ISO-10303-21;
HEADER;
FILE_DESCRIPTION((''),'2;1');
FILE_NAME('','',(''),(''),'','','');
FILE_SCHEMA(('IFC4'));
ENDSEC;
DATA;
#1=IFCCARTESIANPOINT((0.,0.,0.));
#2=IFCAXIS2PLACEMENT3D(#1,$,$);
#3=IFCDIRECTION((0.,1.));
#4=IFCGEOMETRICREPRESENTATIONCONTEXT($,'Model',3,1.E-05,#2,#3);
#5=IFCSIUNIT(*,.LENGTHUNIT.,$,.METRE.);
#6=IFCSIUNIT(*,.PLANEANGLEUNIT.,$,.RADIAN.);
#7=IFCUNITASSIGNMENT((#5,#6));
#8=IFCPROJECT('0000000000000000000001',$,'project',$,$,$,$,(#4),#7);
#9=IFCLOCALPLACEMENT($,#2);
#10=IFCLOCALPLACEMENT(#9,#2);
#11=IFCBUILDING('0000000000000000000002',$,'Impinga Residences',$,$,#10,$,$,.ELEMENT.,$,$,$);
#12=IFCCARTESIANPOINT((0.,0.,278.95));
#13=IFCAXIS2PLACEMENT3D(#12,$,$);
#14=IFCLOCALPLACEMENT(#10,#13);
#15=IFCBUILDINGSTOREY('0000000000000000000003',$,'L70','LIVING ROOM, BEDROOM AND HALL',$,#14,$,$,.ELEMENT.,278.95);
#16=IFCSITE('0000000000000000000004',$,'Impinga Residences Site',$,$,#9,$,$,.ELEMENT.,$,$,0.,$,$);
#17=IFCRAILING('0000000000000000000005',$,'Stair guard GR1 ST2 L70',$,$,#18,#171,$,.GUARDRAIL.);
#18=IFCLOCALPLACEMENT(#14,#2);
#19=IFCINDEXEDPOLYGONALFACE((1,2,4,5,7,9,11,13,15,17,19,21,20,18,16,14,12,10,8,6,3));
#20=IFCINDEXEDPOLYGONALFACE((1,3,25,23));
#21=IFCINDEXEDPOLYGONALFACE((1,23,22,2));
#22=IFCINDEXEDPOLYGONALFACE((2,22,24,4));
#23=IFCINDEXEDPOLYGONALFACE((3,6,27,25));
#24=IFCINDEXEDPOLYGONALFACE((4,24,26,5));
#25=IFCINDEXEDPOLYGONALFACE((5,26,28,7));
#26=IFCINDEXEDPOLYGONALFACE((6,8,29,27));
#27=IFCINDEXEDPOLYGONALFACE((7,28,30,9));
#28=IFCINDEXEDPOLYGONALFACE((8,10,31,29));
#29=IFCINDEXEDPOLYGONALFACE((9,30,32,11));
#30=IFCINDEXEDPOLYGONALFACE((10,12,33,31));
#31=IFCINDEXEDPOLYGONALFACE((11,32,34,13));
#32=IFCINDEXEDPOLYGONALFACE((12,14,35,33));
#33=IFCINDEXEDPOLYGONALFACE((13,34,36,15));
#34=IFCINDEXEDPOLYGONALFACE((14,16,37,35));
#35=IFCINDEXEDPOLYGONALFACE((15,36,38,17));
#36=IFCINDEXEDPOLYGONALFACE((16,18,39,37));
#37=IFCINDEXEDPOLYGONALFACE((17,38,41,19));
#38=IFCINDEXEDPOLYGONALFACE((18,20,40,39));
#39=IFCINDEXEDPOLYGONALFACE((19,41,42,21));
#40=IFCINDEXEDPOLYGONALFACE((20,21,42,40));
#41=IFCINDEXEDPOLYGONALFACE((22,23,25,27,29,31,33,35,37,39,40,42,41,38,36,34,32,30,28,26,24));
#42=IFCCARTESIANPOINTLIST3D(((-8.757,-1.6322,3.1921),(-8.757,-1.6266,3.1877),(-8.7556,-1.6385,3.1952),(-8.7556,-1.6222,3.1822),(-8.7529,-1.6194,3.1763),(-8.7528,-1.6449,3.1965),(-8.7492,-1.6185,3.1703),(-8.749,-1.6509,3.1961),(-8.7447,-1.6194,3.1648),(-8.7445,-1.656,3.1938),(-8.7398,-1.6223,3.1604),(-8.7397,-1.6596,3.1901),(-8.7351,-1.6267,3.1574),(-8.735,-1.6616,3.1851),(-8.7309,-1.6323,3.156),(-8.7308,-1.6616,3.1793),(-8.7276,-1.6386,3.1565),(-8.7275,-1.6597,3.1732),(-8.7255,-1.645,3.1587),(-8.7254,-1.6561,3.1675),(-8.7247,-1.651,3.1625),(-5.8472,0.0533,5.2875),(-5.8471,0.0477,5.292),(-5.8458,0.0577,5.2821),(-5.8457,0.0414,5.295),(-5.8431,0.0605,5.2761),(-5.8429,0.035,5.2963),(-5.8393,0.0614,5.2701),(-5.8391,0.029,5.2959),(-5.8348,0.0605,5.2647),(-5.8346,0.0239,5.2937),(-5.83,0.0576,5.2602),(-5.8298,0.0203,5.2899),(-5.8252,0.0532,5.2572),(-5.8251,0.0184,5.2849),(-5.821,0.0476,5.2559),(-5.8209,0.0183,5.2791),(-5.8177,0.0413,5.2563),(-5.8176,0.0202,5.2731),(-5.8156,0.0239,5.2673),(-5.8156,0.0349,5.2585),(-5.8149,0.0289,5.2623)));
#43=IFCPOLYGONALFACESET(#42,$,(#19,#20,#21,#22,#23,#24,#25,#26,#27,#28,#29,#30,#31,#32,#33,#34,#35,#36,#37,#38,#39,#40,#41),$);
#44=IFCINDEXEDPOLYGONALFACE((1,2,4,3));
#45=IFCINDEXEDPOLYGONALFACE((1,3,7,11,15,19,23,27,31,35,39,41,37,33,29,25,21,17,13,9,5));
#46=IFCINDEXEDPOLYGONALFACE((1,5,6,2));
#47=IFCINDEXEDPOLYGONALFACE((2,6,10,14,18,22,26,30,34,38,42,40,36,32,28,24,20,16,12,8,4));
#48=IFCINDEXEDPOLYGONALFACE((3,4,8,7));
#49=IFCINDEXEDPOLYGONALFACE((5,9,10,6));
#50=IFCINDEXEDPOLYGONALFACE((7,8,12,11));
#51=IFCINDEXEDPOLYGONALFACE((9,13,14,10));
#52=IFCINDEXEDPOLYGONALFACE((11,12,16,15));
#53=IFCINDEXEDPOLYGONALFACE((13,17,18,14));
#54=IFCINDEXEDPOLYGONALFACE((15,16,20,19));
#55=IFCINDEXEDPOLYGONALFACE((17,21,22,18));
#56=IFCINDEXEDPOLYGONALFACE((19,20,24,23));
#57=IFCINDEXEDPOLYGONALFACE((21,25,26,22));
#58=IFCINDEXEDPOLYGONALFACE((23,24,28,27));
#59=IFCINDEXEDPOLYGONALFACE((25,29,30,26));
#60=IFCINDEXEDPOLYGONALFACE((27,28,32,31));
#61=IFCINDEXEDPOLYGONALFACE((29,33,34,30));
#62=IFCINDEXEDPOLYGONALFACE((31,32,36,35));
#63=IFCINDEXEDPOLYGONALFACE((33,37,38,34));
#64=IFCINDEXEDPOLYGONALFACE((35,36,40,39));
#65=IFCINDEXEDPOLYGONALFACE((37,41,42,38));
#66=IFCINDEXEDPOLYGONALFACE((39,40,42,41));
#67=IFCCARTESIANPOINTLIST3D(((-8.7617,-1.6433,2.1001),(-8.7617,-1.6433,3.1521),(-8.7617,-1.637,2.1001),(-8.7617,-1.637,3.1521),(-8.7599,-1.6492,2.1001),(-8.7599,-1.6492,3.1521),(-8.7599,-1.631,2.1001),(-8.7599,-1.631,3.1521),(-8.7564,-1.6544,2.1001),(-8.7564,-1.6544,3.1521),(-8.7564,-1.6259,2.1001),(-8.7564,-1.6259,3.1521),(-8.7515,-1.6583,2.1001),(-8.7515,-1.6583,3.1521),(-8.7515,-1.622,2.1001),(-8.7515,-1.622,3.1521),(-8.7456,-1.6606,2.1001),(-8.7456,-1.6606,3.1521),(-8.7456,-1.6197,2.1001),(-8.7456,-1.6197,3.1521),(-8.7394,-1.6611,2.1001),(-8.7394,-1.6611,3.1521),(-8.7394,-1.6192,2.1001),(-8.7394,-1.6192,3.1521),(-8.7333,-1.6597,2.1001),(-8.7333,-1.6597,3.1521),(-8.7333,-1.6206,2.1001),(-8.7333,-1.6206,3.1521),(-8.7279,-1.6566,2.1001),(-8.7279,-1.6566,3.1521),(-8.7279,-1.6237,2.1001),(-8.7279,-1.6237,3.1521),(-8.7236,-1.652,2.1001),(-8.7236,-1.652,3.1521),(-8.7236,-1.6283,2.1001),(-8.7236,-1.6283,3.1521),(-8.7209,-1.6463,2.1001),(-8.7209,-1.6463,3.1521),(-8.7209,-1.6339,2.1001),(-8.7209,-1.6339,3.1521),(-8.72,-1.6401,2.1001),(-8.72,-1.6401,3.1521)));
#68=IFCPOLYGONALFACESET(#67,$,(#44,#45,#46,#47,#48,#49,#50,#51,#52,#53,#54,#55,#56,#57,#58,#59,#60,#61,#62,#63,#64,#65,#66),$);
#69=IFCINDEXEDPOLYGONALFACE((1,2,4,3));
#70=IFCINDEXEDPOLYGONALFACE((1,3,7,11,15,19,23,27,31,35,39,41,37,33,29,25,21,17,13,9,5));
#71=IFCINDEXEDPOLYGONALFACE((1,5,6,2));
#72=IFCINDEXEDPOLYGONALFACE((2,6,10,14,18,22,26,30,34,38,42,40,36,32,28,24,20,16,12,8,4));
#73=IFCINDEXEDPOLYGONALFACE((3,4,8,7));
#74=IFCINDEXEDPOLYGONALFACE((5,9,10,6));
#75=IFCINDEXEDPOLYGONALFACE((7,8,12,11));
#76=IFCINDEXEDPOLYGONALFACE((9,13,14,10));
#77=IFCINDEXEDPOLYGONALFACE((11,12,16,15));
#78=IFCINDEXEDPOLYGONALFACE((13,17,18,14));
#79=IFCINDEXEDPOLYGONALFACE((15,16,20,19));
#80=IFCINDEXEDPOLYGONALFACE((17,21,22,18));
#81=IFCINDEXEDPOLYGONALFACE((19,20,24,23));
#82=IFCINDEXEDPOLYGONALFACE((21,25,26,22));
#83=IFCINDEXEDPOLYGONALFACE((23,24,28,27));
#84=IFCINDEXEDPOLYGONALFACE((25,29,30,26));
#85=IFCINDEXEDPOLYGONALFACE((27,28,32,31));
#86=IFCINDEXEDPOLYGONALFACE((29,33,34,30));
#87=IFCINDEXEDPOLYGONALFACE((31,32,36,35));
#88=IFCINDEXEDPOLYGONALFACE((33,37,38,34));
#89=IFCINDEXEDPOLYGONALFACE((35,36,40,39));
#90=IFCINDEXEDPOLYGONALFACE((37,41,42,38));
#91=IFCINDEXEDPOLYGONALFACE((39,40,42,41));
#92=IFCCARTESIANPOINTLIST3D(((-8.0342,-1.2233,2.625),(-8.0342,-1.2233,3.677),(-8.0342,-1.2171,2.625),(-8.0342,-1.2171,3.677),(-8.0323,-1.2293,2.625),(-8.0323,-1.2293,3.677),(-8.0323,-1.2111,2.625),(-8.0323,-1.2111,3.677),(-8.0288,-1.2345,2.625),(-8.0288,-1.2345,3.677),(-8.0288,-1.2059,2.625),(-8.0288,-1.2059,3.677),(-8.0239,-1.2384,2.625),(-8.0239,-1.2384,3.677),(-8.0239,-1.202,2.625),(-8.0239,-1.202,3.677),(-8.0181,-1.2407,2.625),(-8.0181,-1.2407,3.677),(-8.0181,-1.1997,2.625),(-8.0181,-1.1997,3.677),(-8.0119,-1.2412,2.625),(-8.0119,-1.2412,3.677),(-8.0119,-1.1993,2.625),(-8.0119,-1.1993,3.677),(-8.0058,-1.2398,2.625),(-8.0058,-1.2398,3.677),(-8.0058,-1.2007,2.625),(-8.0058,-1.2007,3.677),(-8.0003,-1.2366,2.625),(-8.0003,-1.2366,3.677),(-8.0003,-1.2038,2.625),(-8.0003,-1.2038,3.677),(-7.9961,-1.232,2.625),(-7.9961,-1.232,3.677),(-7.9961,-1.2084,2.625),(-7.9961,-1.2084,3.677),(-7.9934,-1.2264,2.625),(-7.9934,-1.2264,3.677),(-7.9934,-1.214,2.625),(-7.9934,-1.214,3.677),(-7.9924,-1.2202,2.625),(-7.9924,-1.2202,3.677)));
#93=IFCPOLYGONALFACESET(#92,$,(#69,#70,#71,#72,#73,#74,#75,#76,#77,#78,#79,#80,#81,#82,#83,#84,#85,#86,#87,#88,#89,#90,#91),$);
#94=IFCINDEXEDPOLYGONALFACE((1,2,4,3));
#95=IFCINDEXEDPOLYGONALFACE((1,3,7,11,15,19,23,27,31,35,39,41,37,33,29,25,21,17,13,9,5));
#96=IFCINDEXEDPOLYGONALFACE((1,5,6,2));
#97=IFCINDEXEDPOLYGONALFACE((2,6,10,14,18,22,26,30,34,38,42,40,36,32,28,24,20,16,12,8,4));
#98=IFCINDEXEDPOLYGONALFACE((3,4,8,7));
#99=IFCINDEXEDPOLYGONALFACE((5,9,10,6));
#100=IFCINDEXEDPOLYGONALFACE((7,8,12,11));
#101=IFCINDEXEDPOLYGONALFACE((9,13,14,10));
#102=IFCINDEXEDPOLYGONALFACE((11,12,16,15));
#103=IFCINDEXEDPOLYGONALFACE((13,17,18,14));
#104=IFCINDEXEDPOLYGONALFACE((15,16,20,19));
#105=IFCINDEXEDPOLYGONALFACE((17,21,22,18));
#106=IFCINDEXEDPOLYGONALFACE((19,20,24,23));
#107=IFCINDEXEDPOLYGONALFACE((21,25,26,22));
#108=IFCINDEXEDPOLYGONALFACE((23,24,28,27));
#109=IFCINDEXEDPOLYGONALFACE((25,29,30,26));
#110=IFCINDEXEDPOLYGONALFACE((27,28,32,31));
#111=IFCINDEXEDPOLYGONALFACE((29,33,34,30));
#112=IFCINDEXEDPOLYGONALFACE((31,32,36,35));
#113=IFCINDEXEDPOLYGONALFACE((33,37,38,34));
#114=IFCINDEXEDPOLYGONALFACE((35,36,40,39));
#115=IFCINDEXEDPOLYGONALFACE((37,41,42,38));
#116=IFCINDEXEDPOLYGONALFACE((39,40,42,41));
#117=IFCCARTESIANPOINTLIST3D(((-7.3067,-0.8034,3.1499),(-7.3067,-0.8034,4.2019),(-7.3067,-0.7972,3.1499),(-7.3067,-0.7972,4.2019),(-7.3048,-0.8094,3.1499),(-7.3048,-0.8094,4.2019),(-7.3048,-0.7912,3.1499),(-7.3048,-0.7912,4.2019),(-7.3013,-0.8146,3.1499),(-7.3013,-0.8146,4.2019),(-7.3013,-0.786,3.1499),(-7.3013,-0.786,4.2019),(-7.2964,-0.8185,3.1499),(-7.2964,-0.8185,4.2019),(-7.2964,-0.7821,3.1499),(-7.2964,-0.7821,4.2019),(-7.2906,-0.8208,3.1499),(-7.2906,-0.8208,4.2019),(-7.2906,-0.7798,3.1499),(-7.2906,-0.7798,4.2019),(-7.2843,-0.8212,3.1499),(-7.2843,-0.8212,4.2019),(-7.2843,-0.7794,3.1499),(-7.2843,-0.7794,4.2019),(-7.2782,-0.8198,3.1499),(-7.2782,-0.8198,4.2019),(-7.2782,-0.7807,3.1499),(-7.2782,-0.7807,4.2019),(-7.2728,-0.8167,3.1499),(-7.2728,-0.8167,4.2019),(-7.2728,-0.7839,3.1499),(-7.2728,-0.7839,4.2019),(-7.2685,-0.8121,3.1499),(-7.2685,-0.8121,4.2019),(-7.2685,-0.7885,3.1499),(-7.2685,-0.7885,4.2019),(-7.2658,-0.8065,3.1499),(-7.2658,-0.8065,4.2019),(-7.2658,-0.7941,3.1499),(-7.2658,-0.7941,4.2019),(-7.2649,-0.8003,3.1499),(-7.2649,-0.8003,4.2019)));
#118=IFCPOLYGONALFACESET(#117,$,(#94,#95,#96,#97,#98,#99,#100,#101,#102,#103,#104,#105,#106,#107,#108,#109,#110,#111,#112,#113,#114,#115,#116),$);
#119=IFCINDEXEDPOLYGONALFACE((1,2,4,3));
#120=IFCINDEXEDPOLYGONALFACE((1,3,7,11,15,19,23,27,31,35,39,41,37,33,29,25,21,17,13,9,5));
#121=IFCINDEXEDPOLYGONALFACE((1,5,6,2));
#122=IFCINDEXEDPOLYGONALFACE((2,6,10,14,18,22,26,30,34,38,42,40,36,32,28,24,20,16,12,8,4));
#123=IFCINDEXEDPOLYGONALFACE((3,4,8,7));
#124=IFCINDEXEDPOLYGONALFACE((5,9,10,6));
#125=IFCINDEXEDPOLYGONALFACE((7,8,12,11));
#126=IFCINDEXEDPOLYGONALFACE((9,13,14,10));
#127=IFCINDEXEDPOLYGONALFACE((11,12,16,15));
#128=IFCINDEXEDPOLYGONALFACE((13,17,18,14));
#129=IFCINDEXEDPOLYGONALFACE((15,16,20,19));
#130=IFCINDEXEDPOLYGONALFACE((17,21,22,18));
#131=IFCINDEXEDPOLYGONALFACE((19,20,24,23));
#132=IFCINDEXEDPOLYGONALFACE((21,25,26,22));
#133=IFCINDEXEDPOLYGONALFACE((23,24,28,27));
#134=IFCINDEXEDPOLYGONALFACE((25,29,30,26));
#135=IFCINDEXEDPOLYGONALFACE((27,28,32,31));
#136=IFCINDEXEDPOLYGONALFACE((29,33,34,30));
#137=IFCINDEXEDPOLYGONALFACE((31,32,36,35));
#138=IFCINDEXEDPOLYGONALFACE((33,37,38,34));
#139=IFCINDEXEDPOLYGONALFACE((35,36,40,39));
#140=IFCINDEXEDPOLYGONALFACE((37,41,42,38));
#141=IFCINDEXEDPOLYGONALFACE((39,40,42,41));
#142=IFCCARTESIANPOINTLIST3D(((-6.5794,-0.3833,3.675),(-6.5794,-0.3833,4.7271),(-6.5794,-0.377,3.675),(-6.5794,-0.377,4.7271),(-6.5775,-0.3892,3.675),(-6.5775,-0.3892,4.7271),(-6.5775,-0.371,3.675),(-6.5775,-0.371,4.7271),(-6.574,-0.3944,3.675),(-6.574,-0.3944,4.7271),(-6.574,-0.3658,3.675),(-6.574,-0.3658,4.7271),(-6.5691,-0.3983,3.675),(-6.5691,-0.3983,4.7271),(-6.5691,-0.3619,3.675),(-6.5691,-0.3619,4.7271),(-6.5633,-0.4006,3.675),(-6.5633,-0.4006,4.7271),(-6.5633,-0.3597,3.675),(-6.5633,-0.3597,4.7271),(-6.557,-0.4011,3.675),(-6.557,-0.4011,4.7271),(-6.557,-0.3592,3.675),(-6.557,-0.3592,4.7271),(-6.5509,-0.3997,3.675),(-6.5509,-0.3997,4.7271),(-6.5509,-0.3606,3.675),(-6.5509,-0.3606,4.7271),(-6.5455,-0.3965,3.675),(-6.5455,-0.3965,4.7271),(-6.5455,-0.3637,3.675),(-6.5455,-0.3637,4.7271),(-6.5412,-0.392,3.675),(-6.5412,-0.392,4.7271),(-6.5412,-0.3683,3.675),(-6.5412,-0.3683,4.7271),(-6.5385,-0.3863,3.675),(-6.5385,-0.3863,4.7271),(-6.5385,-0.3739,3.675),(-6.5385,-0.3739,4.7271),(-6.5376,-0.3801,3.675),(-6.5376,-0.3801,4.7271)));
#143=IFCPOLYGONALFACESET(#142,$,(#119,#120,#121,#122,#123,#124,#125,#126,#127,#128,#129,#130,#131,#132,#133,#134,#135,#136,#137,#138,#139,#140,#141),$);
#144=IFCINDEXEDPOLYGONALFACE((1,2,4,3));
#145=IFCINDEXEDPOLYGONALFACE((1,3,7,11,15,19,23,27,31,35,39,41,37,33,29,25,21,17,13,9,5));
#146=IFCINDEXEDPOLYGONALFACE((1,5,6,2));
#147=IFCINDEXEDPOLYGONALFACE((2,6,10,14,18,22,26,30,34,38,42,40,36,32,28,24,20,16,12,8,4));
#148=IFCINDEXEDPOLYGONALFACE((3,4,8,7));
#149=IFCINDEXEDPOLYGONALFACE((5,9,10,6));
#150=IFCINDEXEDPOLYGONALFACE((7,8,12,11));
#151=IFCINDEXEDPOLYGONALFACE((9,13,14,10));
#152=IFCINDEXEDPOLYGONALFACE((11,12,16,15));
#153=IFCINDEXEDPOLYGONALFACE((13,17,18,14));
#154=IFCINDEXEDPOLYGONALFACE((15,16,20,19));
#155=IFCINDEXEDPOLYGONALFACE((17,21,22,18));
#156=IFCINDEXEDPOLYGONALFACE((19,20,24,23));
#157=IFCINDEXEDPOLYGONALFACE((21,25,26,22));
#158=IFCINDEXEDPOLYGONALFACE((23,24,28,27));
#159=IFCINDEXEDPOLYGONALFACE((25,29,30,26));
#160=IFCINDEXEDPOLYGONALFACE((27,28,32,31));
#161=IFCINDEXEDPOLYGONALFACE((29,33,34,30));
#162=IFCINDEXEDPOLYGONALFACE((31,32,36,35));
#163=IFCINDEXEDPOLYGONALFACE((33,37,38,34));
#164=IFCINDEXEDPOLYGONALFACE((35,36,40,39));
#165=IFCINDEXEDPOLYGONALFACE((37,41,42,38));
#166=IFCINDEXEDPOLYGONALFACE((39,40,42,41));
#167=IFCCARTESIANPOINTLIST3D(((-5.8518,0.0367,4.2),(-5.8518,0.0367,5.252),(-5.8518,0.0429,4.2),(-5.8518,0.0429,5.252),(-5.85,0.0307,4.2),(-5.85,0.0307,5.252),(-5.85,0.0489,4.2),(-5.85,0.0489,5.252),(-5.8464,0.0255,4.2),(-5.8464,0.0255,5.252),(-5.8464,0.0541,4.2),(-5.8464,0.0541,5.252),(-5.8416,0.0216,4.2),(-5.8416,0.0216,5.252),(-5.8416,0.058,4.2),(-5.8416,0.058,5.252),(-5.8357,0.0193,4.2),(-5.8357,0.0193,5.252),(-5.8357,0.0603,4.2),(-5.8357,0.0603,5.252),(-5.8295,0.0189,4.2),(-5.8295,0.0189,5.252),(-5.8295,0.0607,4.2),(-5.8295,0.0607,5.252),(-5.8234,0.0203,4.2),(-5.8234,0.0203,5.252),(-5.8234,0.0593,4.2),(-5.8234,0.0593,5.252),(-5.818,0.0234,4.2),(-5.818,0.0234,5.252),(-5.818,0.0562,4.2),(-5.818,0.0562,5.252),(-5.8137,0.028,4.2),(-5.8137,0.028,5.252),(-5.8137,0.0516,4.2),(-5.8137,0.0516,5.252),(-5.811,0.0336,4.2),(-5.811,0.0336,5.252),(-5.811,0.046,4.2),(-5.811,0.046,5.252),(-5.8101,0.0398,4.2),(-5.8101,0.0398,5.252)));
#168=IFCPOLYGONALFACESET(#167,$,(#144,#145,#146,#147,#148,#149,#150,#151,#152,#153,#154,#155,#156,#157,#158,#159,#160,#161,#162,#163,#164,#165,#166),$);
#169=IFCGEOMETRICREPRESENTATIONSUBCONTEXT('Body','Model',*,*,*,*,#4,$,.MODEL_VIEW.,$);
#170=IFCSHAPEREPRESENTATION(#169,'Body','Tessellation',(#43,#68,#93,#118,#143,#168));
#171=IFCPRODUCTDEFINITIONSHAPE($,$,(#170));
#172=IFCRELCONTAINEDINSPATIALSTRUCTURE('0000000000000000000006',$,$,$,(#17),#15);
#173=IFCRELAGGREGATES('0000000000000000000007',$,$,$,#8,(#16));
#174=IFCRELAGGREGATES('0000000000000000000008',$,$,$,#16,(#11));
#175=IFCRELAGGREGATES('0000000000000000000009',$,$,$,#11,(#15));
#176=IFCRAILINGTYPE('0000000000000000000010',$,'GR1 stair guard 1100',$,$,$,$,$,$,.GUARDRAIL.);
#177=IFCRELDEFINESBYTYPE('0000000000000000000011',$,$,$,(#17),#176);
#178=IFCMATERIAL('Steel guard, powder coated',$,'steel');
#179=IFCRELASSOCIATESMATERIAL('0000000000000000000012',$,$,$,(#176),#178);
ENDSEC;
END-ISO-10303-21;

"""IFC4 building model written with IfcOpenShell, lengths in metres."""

from ifc_helpers import new_model, si_unit, direction, frame, origin, origin_2d, place, context, subcontext, project, spatial, circle, extrude, material, type_object, element, save


model = new_model("IFC4")

# Units and contexts
model_context = context("Model", 3, precision=1e-05, world=origin(), true_north=direction((0.0, 1.0)))
body_context = subcontext(model_context, "Body", "Model", "MODEL_VIEW")
ifc_project = project(units=[si_unit("LENGTHUNIT", "METRE"), si_unit("PLANEANGLEUNIT", "RADIAN")], contexts=[model_context])

# Site, building, storey
site_placement = place(None, origin())
site = spatial("IfcSite", under=ifc_project, at=site_placement, Name="Impinga Residences Site", CompositionType="ELEMENT", RefElevation=0.0)
building_placement = place(site_placement, origin())
building = spatial("IfcBuilding", under=site, at=building_placement, Name="Impinga Residences", CompositionType="ELEMENT")
storey_placement = place(building_placement, frame((0.0, 0.0, 278.95)))
storey = spatial("IfcBuildingStorey", under=building, at=storey_placement, Name="L70", Description="LIVING ROOM, BEDROOM AND HALL", CompositionType="ELEMENT", Elevation=278.95)

# Railing
ifc_material_1 = material(Name="Steel guard, powder coated", Category="steel")
railing_type_1 = type_object("IfcRailingType", Name="GR1 stair guard 1100", PredefinedType="GUARDRAIL", material=ifc_material_1)
railing_1_placement = place(storey_placement, frame((-8.741, -1.6401, 2.1001)))
element("IfcRailing", 1, at=railing_1_placement, inside=storey, type_object=railing_type_1, Name="Stair guard GR1 ST2 L70", PredefinedType="GUARDRAIL", context=body_context, shape_type="SweptSolid", body=[
    extrude(circle(Radius=0.0239, at=origin_2d()), frame((0.0, 0.0, 1.0762), z_axis=(0.734416, 0.423988, 0.52997), x_axis=(-0.499976, 0.866039, 0.0)), (0.0, 0.0, 1.0), 3.9622),
    extrude(circle(Radius=0.021, at=origin_2d()), origin(), (0.0, 0.0, 1.0), 1.052),
    extrude(circle(Radius=0.021, at=origin_2d()), frame((0.7275, 0.4199, 0.5249)), (0.0, 0.0, 1.0), 1.052),
    extrude(circle(Radius=0.021, at=origin_2d()), frame((1.4551, 0.8398, 1.0498)), (0.0, 0.0, 1.0), 1.052),
    extrude(circle(Radius=0.021, at=origin_2d()), frame((2.1824, 1.26, 1.575)), (0.0, 0.0, 1.0), 1.052),
    extrude(circle(Radius=0.021, at=origin_2d()), frame((2.9099, 1.6799, 2.0999)), (0.0, 0.0, 1.0), 1.052),
])

save(model, "model.ifc")
